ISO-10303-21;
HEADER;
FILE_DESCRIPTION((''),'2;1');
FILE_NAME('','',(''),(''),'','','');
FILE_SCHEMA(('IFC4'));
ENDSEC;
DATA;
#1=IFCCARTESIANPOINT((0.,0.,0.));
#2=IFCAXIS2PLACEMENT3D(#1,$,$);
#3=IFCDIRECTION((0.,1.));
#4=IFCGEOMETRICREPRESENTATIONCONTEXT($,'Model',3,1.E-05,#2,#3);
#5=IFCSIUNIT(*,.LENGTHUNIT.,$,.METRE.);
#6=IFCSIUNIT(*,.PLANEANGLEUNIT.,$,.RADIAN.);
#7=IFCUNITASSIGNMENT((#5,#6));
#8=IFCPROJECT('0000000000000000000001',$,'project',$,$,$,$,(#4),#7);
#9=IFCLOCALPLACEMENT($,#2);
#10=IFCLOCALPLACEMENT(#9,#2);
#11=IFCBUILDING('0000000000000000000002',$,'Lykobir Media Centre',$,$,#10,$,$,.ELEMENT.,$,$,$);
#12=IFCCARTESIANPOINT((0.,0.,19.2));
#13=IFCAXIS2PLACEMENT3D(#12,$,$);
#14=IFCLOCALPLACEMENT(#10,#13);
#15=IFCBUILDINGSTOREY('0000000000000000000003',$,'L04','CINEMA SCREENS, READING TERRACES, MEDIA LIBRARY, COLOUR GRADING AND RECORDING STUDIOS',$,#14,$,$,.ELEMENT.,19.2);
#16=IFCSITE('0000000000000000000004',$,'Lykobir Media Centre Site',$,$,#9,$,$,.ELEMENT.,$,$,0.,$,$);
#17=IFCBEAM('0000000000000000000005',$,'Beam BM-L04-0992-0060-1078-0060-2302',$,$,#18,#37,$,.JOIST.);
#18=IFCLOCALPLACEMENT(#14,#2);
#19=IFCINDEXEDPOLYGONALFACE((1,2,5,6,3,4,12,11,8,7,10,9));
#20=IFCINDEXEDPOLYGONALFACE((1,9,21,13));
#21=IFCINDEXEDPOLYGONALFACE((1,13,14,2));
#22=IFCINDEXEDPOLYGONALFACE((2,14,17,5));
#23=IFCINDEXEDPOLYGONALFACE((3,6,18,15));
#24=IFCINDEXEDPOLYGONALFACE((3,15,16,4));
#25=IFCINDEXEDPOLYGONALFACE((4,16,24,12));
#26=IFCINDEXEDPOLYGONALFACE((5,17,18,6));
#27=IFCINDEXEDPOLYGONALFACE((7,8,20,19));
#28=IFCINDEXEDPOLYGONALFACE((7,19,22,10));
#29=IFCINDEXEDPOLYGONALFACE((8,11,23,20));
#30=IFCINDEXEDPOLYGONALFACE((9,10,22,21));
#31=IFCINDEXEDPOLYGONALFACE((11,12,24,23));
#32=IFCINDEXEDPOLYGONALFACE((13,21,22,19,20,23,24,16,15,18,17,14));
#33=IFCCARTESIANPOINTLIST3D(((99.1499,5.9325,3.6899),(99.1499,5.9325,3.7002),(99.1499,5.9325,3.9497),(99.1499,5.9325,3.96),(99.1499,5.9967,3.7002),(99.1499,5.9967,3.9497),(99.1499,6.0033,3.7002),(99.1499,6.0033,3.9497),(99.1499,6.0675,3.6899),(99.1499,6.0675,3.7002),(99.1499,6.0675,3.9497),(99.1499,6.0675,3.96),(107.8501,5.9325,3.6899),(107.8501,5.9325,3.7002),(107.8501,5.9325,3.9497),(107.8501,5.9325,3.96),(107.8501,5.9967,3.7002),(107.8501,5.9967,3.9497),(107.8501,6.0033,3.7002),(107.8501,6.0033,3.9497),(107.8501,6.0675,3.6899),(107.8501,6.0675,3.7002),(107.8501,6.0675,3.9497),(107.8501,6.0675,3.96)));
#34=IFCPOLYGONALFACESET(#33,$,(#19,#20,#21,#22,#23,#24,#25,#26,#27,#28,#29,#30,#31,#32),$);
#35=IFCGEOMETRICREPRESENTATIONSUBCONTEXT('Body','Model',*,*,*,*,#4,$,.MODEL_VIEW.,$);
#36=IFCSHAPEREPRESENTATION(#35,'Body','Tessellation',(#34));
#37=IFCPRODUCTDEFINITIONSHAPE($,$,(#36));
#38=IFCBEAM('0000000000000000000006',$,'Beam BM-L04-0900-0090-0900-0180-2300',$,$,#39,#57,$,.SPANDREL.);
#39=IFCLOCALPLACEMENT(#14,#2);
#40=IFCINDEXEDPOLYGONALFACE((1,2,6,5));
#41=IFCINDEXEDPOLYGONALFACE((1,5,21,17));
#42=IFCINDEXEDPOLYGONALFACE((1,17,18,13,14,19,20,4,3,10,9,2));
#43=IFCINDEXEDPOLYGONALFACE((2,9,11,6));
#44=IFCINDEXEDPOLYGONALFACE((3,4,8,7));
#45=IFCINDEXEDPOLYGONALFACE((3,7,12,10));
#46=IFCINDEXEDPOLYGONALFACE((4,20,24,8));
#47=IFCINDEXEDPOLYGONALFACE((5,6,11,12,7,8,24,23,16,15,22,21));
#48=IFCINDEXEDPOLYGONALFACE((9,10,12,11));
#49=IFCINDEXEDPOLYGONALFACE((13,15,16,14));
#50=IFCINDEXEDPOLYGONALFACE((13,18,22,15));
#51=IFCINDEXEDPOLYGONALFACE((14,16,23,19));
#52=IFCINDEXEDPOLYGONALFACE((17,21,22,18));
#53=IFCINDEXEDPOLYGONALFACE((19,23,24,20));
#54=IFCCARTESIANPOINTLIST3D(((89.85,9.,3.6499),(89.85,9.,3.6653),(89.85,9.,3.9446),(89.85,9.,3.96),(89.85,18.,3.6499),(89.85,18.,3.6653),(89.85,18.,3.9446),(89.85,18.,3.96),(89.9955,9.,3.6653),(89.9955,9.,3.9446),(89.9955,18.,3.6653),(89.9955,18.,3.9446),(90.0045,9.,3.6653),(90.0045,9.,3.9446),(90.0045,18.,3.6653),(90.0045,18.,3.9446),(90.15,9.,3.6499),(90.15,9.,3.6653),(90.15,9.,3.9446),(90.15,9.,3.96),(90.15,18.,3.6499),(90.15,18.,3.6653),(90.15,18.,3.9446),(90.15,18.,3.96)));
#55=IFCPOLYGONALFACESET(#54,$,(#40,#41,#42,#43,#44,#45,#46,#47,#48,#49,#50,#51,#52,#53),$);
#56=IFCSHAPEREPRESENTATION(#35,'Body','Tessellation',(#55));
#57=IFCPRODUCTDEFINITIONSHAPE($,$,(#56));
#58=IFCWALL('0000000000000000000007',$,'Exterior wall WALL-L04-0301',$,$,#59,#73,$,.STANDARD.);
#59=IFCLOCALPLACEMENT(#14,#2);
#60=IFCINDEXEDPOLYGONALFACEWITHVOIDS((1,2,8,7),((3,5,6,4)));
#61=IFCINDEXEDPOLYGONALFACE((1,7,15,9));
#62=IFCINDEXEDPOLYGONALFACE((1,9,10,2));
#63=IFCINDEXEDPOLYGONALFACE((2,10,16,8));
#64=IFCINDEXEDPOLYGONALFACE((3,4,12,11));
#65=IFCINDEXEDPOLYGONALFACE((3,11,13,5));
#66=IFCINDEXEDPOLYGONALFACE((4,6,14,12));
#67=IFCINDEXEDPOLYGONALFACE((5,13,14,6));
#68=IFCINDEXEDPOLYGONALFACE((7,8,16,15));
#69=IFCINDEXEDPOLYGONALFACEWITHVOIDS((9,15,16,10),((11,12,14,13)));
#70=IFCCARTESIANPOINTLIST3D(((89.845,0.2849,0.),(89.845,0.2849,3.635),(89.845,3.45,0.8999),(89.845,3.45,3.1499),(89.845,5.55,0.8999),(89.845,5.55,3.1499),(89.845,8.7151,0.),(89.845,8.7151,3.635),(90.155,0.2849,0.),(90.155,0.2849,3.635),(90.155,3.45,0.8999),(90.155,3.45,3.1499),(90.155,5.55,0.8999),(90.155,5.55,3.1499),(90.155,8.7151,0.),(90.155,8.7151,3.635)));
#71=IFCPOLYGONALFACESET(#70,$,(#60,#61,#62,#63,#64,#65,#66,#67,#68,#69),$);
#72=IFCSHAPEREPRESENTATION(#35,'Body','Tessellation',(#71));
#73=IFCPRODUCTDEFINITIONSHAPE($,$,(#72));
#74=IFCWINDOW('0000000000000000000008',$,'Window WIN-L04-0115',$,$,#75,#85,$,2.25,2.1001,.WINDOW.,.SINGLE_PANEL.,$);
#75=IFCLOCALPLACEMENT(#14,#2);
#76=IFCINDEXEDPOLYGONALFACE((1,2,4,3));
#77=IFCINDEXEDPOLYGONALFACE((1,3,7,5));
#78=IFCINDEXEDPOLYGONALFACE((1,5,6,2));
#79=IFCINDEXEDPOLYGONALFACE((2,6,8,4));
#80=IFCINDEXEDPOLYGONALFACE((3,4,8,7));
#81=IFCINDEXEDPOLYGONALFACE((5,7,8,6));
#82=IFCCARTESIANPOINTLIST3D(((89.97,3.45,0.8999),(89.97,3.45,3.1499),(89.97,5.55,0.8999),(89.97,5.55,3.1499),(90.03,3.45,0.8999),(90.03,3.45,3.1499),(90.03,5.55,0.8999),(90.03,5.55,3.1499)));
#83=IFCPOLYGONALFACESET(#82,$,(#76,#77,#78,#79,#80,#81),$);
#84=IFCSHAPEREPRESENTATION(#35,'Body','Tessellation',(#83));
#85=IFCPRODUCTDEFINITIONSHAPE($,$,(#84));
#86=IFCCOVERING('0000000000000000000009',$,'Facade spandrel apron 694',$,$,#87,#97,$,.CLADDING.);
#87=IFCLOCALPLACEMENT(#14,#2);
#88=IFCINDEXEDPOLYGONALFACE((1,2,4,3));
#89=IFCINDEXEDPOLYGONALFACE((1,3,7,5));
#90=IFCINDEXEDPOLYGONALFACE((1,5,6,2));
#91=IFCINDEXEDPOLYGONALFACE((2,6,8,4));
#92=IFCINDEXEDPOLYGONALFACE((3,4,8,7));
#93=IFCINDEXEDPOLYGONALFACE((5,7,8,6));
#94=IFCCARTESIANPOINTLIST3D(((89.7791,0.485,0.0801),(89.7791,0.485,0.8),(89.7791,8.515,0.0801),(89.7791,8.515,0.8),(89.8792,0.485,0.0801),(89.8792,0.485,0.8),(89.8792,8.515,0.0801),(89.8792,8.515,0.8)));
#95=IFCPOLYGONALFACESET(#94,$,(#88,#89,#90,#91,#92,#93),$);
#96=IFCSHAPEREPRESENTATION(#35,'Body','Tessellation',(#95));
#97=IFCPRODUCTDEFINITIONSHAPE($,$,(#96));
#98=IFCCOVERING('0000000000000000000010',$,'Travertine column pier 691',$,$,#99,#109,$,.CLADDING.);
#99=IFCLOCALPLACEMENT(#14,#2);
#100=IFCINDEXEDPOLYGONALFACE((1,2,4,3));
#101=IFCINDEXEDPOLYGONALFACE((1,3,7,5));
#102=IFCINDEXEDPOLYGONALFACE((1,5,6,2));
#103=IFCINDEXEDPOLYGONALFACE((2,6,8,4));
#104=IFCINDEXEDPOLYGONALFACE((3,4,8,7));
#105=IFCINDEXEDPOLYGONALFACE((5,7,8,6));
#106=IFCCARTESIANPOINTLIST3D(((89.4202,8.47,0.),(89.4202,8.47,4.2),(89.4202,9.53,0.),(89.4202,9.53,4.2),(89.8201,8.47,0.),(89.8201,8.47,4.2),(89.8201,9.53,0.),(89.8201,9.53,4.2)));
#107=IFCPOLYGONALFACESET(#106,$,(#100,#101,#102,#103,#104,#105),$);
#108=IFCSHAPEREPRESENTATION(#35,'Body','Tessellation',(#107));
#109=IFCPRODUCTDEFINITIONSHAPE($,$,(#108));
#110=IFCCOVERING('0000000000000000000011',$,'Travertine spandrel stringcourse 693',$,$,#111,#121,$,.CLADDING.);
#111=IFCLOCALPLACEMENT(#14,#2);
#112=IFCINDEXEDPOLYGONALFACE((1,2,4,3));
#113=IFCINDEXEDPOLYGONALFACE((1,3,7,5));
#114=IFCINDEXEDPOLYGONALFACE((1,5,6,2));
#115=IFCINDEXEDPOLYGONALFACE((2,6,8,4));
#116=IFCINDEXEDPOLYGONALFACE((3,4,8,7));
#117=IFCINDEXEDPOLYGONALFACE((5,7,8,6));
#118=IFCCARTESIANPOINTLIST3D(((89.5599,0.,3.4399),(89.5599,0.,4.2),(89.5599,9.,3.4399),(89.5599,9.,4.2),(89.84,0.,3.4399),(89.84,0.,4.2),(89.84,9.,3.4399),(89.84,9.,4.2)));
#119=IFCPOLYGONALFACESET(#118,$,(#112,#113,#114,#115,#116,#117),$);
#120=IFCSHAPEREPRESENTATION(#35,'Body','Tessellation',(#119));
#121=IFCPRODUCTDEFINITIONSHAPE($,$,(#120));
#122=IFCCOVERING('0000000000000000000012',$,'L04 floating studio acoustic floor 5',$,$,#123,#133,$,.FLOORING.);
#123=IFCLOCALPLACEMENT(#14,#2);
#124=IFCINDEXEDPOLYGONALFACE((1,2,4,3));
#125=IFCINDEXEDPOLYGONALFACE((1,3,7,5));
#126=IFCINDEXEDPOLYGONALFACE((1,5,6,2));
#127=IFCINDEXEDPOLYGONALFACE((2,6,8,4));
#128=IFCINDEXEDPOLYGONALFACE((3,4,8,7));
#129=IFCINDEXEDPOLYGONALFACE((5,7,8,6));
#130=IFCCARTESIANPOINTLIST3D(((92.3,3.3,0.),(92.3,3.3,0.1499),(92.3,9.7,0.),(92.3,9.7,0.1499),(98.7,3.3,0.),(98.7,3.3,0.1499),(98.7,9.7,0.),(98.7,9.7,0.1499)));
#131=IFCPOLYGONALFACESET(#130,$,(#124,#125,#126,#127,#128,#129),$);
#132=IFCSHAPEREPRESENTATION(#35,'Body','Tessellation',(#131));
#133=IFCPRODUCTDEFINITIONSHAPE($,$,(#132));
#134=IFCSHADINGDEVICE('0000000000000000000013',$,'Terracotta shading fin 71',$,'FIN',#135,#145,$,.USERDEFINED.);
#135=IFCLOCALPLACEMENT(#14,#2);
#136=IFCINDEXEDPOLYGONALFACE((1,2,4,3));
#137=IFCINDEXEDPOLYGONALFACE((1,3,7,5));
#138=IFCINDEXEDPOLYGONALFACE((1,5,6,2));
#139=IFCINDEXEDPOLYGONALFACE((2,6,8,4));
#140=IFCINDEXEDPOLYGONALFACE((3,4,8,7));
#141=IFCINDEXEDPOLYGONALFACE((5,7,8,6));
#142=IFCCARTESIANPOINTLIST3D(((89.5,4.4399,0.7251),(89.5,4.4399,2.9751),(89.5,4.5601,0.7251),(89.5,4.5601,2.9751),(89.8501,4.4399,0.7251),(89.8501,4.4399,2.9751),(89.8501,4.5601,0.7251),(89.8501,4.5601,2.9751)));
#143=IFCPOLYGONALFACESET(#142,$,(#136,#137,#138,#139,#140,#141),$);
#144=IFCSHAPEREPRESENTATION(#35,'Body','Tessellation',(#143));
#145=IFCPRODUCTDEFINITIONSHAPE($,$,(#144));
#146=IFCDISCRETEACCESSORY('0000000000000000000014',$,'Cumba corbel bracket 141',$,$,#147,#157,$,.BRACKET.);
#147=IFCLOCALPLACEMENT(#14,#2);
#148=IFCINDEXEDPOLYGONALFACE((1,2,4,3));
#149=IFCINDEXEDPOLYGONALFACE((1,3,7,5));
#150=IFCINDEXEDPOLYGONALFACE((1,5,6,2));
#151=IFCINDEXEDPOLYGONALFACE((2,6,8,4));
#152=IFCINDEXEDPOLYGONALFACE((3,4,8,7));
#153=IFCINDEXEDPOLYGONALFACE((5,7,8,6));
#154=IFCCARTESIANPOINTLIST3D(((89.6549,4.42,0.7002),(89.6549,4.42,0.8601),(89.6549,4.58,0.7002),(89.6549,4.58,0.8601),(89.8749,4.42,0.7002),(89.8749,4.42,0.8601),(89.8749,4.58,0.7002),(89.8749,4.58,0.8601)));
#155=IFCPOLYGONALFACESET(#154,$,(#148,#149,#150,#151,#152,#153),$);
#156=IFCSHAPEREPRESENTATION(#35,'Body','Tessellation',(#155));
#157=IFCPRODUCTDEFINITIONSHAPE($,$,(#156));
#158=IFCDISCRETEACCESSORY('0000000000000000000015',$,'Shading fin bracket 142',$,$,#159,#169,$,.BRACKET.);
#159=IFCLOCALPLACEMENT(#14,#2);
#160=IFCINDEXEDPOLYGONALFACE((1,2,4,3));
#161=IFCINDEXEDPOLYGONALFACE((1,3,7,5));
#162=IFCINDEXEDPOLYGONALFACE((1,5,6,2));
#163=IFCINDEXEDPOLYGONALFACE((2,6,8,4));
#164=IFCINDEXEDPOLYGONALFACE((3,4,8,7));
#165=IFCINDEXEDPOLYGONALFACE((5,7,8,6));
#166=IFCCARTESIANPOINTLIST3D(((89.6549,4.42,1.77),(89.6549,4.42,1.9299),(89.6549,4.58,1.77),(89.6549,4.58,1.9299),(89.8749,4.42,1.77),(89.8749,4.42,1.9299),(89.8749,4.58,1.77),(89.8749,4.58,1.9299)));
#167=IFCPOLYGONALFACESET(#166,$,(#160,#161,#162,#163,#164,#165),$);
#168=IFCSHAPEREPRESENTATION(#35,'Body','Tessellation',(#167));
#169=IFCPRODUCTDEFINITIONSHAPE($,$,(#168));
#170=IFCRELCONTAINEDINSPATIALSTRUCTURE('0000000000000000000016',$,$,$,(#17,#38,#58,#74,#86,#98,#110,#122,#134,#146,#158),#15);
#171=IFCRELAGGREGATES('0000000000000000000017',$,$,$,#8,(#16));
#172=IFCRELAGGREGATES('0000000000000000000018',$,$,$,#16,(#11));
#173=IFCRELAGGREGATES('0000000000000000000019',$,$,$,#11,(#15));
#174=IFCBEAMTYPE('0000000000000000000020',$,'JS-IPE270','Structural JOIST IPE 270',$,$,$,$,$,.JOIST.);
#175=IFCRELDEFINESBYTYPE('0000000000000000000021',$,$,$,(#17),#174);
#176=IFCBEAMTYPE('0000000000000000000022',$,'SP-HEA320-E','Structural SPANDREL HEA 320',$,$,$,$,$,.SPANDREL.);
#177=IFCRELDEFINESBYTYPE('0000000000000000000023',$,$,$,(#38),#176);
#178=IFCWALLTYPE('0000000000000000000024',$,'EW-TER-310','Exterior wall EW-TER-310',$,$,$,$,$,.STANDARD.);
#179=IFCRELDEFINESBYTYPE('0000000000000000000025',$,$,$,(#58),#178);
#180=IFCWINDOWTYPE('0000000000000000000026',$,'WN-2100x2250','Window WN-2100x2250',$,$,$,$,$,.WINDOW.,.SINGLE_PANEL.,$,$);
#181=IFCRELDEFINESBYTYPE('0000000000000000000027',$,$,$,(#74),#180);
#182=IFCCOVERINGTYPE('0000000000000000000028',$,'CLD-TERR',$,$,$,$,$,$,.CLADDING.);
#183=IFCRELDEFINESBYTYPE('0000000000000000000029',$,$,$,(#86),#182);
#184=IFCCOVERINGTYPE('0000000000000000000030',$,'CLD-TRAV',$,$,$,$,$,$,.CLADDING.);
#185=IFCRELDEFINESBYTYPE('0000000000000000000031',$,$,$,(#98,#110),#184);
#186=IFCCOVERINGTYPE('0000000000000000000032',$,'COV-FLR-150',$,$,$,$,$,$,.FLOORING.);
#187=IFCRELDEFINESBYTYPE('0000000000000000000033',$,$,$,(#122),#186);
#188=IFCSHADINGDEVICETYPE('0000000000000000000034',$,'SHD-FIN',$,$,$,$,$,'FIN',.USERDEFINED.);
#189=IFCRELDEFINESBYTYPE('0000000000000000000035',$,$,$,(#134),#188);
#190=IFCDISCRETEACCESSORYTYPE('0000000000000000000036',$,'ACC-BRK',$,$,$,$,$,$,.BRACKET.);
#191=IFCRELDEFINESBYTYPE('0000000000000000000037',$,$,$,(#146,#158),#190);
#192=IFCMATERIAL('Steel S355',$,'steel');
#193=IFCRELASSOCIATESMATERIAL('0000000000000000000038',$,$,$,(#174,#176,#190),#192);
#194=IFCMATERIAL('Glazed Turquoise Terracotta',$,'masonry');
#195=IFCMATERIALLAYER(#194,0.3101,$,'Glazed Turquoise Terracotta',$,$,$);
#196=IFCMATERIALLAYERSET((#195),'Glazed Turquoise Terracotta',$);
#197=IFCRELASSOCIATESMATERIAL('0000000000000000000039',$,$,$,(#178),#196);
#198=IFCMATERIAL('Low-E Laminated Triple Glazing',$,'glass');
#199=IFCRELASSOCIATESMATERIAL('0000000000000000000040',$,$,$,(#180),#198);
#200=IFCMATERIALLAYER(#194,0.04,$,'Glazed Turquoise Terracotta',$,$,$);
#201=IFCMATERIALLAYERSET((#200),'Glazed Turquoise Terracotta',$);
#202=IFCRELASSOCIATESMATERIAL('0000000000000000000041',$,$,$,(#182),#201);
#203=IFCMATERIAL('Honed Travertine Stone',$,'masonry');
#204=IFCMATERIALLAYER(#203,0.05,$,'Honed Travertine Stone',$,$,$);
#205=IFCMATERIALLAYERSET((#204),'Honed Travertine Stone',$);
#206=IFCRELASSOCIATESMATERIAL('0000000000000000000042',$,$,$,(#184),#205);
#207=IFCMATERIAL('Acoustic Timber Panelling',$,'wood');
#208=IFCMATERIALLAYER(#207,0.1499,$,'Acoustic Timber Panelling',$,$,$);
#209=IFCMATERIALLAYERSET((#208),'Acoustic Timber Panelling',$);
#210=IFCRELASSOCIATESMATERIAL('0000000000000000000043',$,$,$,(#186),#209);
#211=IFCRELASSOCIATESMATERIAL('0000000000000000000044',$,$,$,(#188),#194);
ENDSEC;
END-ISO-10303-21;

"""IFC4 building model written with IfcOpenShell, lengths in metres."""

from ifc_helpers import new_model, si_unit, direction, frame, frame_2d, origin, origin_2d, place, context, subcontext, project, spatial, rectangle, i_section, extrude, material, layer, layer_set, material_profile, profile_set, type_object, element, fill, save


model = new_model("IFC4")

# Units and contexts
model_context = context("Model", 3, precision=1e-05, world=origin(), true_north=direction((0.0, 1.0)))
body_context = subcontext(model_context, "Body", "Model", "MODEL_VIEW")
ifc_project = project(units=[si_unit("LENGTHUNIT", "METRE"), si_unit("PLANEANGLEUNIT", "RADIAN")], contexts=[model_context])

# Site, building, storey
site_placement = place(None, origin())
site = spatial("IfcSite", under=ifc_project, at=site_placement, Name="Lykobir Media Centre Site", CompositionType="ELEMENT", RefElevation=0.0)
building_placement = place(site_placement, origin())
building = spatial("IfcBuilding", under=site, at=building_placement, Name="Lykobir Media Centre", CompositionType="ELEMENT")
storey_placement = place(building_placement, frame((0.0, 0.0, 19.2)))
storey = spatial("IfcBuildingStorey", under=building, at=storey_placement, Name="L04", Description="CINEMA SCREENS, READING TERRACES, MEDIA LIBRARY, COLOUR GRADING AND RECORDING STUDIOS", CompositionType="ELEMENT", Elevation=19.2)

# Shared definitions
ifc_material_1 = material(Name="Steel S355", Category="steel")

# Beams
ifc_material_profile_1 = material_profile(ifc_material_1, i_section(OverallWidth=0.135, OverallDepth=0.27, WebThickness=0.0066, FlangeThickness=0.0103, at=origin_2d()), Name="IPE 270")
ifc_profile_set_1 = profile_set([ifc_material_profile_1], Name="Steel S355")
beam_type_1 = type_object("IfcBeamType", Name="JS-IPE270", Description="Structural JOIST IPE 270", PredefinedType="JOIST", material=ifc_profile_set_1)
for number, where, z_axis, x_axis, name in (
    (1, (99.1499, 6.0, 3.825), (1.0, 0.0, 0.0), (0.0, 1.0, 0.0), "Beam BM-L04-0992-0060-1078-0060-2302"),
):
    element("IfcBeam", number, at=place(storey_placement, frame(where, z_axis=z_axis, x_axis=x_axis)), inside=storey, type_object=beam_type_1, Name=name, PredefinedType="JOIST", context=body_context, shape_type="SweptSolid", body=[
        extrude(i_section(OverallWidth=0.135, OverallDepth=0.27, WebThickness=0.0066, FlangeThickness=0.0103, at=origin_2d()), origin(), (0.0, 0.0, 1.0), 8.7002),
    ])
ifc_material_profile_2 = material_profile(ifc_material_1, i_section(OverallWidth=0.3, OverallDepth=0.3101, WebThickness=0.009, FlangeThickness=0.0154, at=origin_2d()), Name="HEA 320")
ifc_profile_set_2 = profile_set([ifc_material_profile_2], Name="Steel S355")
beam_type_2 = type_object("IfcBeamType", Name="SP-HEA320-E", Description="Structural SPANDREL HEA 320", PredefinedType="SPANDREL", material=ifc_profile_set_2)
beam_1_placement = place(storey_placement, frame((90.0, 9.0, 3.8049), z_axis=(0.0, 1.0, 0.0), x_axis=(-1.0, 0.0, 0.0)))
element("IfcBeam", 2, at=beam_1_placement, inside=storey, type_object=beam_type_2, Name="Beam BM-L04-0900-0090-0900-0180-2300", PredefinedType="SPANDREL", context=body_context, shape_type="SweptSolid", body=[
    extrude(i_section(OverallWidth=0.3, OverallDepth=0.3101, WebThickness=0.009, FlangeThickness=0.0154, at=origin_2d()), origin(), (0.0, 0.0, 1.0), 9.0),
])

# Wall, opening, window
ifc_material_2 = material(Name="Glazed Turquoise Terracotta", Category="masonry")
ifc_layer_1 = layer(ifc_material_2, 0.3101, Name="Glazed Turquoise Terracotta")
ifc_layer_set_1 = layer_set([ifc_layer_1], Name="Glazed Turquoise Terracotta")
wall_type = type_object("IfcWallType", Name="EW-TER-310", Description="Exterior wall EW-TER-310", PredefinedType="STANDARD", material=ifc_layer_set_1)
wall_placement = place(storey_placement, frame((90.0, 8.7151, 0.0), z_axis=(0.0, 0.0, 1.0), x_axis=(0.0, -1.0, 0.0)))
wall = element("IfcWall", 3, at=wall_placement, inside=storey, type_object=wall_type, Name="Exterior wall WALL-L04-0301", PredefinedType="STANDARD", context=body_context, shape_type="SweptSolid", body=[
    extrude(rectangle(XDim=8.4302, YDim=0.3101, at=frame_2d((4.2151, 0.0))), origin(), (0.0, 0.0, 1.0), 3.635),
])
opening_placement = place(wall_placement, frame((3.165, 0.0, 0.8999)))
opening = element("IfcOpeningElement", 4, at=opening_placement, cuts=wall, PredefinedType="OPENING", context=body_context, shape_type="SweptSolid", body=[
    extrude(rectangle(XDim=2.1001, YDim=2.25, at=frame_2d((1.05, 1.125))), frame((0.0, 0.165, 0.0), z_axis=(0.0, -1.0, 0.0), x_axis=(1.0, 0.0, 0.0)), (0.0, 0.0, 1.0), 0.3301),
])
ifc_material_3 = material(Name="Low-E Laminated Triple Glazing", Category="glass")
window_type = type_object("IfcWindowType", Name="WN-2100x2250", Description="Window WN-2100x2250", PartitioningType="SINGLE_PANEL", PredefinedType="WINDOW", material=ifc_material_3)
window_placement = place(opening_placement, origin())
window = element("IfcWindow", 5, at=window_placement, inside=storey, type_object=window_type, Name="Window WIN-L04-0115", OverallHeight=2.25, OverallWidth=2.1001, PartitioningType="SINGLE_PANEL", PredefinedType="WINDOW", context=body_context, shape_type="SweptSolid", body=[
    extrude(rectangle(XDim=2.1001, YDim=2.25, at=frame_2d((1.05, 1.125))), frame((0.0, 0.03, 0.0), z_axis=(0.0, -1.0, 0.0), x_axis=(1.0, 0.0, 0.0)), (0.0, 0.0, 1.0), 0.0601),
])
fill(opening, window)

# Coverings
ifc_layer_2 = layer(ifc_material_2, 0.04, Name="Glazed Turquoise Terracotta")
ifc_layer_set_2 = layer_set([ifc_layer_2], Name="Glazed Turquoise Terracotta")
covering_type_1 = type_object("IfcCoveringType", Name="CLD-TERR", PredefinedType="CLADDING", material=ifc_layer_set_2)
covering_1_placement = place(storey_placement, frame((89.8291, 4.5, 0.0801), z_axis=(0.0, 0.0, 1.0), x_axis=(0.0, -1.0, 0.0)))
element("IfcCovering", 6, at=covering_1_placement, inside=storey, type_object=covering_type_1, Name="Facade spandrel apron 694", PredefinedType="CLADDING", context=body_context, shape_type="SweptSolid", body=[
    extrude(rectangle(XDim=8.03, YDim=0.1001, at=origin_2d()), origin(), (0.0, 0.0, 1.0), 0.72),
])
ifc_material_4 = material(Name="Honed Travertine Stone", Category="masonry")
ifc_layer_3 = layer(ifc_material_4, 0.05, Name="Honed Travertine Stone")
ifc_layer_set_3 = layer_set([ifc_layer_3], Name="Honed Travertine Stone")
covering_type_2 = type_object("IfcCoveringType", Name="CLD-TRAV", PredefinedType="CLADDING", material=ifc_layer_set_3)
covering_2_placement = place(storey_placement, frame((89.6201, 9.0, 0.0), z_axis=(0.0, 0.0, 1.0), x_axis=(0.0, -1.0, 0.0)))
element("IfcCovering", 7, at=covering_2_placement, inside=storey, type_object=covering_type_2, Name="Travertine column pier 691", PredefinedType="CLADDING", context=body_context, shape_type="SweptSolid", body=[
    extrude(rectangle(XDim=1.0601, YDim=0.3999, at=origin_2d()), origin(), (0.0, 0.0, 1.0), 4.2),
])
covering_3_placement = place(storey_placement, frame((89.7, 4.5, 3.4399), z_axis=(0.0, 0.0, 1.0), x_axis=(0.0, -1.0, 0.0)))
element("IfcCovering", 8, at=covering_3_placement, inside=storey, type_object=covering_type_2, Name="Travertine spandrel stringcourse 693", PredefinedType="CLADDING", context=body_context, shape_type="SweptSolid", body=[
    extrude(rectangle(XDim=9.0, YDim=0.28, at=origin_2d()), origin(), (0.0, 0.0, 1.0), 0.76),
])
ifc_material_5 = material(Name="Acoustic Timber Panelling", Category="wood")
ifc_layer_4 = layer(ifc_material_5, 0.1499, Name="Acoustic Timber Panelling")
ifc_layer_set_4 = layer_set([ifc_layer_4], Name="Acoustic Timber Panelling")
covering_type_3 = type_object("IfcCoveringType", Name="COV-FLR-150", PredefinedType="FLOORING", material=ifc_layer_set_4)
covering_4_placement = place(storey_placement, frame((95.5, 6.5, 0.0), z_axis=(0.0, 0.0, 1.0), x_axis=(1.0, 0.0, 0.0)))
element("IfcCovering", 9, at=covering_4_placement, inside=storey, type_object=covering_type_3, Name="L04 floating studio acoustic floor 5", PredefinedType="FLOORING", context=body_context, shape_type="SweptSolid", body=[
    extrude(rectangle(XDim=6.3999, YDim=6.3999, at=origin_2d()), origin(), (0.0, 0.0, 1.0), 0.1499),
])

# Shading device
shading_device_type = type_object("IfcShadingDeviceType", Name="SHD-FIN", ElementType="FIN", PredefinedType="USERDEFINED", material=ifc_material_2)
shading_device_placement = place(storey_placement, frame((89.675, 4.5, 0.7251), z_axis=(0.0, 0.0, 1.0), x_axis=(0.0, -1.0, 0.0)))
element("IfcShadingDevice", 10, at=shading_device_placement, inside=storey, type_object=shading_device_type, Name="Terracotta shading fin 71", ObjectType="FIN", PredefinedType="USERDEFINED", context=body_context, shape_type="SweptSolid", body=[
    extrude(rectangle(XDim=0.1201, YDim=0.3501, at=origin_2d()), origin(), (0.0, 0.0, 1.0), 2.25),
])

# Discrete accessories
discrete_accessory_type = type_object("IfcDiscreteAccessoryType", Name="ACC-BRK", PredefinedType="BRACKET", material=ifc_material_1)
for number, where, z_axis, x_axis, name in (
    (11, (89.7649, 4.5, 0.7002), (0.0, 0.0, 1.0), (0.0, -1.0, 0.0), "Cumba corbel bracket 141"),
    (12, (89.7649, 4.5, 1.77), (0.0, 0.0, 1.0), (0.0, -1.0, 0.0), "Shading fin bracket 142"),
):
    element("IfcDiscreteAccessory", number, at=place(storey_placement, frame(where, z_axis=z_axis, x_axis=x_axis)), inside=storey, type_object=discrete_accessory_type, Name=name, PredefinedType="BRACKET", context=body_context, shape_type="SweptSolid", body=[
        extrude(rectangle(XDim=0.1599, YDim=0.22, at=origin_2d()), origin(), (0.0, 0.0, 1.0), 0.1599),
    ])

save(model, "model.ifc")
